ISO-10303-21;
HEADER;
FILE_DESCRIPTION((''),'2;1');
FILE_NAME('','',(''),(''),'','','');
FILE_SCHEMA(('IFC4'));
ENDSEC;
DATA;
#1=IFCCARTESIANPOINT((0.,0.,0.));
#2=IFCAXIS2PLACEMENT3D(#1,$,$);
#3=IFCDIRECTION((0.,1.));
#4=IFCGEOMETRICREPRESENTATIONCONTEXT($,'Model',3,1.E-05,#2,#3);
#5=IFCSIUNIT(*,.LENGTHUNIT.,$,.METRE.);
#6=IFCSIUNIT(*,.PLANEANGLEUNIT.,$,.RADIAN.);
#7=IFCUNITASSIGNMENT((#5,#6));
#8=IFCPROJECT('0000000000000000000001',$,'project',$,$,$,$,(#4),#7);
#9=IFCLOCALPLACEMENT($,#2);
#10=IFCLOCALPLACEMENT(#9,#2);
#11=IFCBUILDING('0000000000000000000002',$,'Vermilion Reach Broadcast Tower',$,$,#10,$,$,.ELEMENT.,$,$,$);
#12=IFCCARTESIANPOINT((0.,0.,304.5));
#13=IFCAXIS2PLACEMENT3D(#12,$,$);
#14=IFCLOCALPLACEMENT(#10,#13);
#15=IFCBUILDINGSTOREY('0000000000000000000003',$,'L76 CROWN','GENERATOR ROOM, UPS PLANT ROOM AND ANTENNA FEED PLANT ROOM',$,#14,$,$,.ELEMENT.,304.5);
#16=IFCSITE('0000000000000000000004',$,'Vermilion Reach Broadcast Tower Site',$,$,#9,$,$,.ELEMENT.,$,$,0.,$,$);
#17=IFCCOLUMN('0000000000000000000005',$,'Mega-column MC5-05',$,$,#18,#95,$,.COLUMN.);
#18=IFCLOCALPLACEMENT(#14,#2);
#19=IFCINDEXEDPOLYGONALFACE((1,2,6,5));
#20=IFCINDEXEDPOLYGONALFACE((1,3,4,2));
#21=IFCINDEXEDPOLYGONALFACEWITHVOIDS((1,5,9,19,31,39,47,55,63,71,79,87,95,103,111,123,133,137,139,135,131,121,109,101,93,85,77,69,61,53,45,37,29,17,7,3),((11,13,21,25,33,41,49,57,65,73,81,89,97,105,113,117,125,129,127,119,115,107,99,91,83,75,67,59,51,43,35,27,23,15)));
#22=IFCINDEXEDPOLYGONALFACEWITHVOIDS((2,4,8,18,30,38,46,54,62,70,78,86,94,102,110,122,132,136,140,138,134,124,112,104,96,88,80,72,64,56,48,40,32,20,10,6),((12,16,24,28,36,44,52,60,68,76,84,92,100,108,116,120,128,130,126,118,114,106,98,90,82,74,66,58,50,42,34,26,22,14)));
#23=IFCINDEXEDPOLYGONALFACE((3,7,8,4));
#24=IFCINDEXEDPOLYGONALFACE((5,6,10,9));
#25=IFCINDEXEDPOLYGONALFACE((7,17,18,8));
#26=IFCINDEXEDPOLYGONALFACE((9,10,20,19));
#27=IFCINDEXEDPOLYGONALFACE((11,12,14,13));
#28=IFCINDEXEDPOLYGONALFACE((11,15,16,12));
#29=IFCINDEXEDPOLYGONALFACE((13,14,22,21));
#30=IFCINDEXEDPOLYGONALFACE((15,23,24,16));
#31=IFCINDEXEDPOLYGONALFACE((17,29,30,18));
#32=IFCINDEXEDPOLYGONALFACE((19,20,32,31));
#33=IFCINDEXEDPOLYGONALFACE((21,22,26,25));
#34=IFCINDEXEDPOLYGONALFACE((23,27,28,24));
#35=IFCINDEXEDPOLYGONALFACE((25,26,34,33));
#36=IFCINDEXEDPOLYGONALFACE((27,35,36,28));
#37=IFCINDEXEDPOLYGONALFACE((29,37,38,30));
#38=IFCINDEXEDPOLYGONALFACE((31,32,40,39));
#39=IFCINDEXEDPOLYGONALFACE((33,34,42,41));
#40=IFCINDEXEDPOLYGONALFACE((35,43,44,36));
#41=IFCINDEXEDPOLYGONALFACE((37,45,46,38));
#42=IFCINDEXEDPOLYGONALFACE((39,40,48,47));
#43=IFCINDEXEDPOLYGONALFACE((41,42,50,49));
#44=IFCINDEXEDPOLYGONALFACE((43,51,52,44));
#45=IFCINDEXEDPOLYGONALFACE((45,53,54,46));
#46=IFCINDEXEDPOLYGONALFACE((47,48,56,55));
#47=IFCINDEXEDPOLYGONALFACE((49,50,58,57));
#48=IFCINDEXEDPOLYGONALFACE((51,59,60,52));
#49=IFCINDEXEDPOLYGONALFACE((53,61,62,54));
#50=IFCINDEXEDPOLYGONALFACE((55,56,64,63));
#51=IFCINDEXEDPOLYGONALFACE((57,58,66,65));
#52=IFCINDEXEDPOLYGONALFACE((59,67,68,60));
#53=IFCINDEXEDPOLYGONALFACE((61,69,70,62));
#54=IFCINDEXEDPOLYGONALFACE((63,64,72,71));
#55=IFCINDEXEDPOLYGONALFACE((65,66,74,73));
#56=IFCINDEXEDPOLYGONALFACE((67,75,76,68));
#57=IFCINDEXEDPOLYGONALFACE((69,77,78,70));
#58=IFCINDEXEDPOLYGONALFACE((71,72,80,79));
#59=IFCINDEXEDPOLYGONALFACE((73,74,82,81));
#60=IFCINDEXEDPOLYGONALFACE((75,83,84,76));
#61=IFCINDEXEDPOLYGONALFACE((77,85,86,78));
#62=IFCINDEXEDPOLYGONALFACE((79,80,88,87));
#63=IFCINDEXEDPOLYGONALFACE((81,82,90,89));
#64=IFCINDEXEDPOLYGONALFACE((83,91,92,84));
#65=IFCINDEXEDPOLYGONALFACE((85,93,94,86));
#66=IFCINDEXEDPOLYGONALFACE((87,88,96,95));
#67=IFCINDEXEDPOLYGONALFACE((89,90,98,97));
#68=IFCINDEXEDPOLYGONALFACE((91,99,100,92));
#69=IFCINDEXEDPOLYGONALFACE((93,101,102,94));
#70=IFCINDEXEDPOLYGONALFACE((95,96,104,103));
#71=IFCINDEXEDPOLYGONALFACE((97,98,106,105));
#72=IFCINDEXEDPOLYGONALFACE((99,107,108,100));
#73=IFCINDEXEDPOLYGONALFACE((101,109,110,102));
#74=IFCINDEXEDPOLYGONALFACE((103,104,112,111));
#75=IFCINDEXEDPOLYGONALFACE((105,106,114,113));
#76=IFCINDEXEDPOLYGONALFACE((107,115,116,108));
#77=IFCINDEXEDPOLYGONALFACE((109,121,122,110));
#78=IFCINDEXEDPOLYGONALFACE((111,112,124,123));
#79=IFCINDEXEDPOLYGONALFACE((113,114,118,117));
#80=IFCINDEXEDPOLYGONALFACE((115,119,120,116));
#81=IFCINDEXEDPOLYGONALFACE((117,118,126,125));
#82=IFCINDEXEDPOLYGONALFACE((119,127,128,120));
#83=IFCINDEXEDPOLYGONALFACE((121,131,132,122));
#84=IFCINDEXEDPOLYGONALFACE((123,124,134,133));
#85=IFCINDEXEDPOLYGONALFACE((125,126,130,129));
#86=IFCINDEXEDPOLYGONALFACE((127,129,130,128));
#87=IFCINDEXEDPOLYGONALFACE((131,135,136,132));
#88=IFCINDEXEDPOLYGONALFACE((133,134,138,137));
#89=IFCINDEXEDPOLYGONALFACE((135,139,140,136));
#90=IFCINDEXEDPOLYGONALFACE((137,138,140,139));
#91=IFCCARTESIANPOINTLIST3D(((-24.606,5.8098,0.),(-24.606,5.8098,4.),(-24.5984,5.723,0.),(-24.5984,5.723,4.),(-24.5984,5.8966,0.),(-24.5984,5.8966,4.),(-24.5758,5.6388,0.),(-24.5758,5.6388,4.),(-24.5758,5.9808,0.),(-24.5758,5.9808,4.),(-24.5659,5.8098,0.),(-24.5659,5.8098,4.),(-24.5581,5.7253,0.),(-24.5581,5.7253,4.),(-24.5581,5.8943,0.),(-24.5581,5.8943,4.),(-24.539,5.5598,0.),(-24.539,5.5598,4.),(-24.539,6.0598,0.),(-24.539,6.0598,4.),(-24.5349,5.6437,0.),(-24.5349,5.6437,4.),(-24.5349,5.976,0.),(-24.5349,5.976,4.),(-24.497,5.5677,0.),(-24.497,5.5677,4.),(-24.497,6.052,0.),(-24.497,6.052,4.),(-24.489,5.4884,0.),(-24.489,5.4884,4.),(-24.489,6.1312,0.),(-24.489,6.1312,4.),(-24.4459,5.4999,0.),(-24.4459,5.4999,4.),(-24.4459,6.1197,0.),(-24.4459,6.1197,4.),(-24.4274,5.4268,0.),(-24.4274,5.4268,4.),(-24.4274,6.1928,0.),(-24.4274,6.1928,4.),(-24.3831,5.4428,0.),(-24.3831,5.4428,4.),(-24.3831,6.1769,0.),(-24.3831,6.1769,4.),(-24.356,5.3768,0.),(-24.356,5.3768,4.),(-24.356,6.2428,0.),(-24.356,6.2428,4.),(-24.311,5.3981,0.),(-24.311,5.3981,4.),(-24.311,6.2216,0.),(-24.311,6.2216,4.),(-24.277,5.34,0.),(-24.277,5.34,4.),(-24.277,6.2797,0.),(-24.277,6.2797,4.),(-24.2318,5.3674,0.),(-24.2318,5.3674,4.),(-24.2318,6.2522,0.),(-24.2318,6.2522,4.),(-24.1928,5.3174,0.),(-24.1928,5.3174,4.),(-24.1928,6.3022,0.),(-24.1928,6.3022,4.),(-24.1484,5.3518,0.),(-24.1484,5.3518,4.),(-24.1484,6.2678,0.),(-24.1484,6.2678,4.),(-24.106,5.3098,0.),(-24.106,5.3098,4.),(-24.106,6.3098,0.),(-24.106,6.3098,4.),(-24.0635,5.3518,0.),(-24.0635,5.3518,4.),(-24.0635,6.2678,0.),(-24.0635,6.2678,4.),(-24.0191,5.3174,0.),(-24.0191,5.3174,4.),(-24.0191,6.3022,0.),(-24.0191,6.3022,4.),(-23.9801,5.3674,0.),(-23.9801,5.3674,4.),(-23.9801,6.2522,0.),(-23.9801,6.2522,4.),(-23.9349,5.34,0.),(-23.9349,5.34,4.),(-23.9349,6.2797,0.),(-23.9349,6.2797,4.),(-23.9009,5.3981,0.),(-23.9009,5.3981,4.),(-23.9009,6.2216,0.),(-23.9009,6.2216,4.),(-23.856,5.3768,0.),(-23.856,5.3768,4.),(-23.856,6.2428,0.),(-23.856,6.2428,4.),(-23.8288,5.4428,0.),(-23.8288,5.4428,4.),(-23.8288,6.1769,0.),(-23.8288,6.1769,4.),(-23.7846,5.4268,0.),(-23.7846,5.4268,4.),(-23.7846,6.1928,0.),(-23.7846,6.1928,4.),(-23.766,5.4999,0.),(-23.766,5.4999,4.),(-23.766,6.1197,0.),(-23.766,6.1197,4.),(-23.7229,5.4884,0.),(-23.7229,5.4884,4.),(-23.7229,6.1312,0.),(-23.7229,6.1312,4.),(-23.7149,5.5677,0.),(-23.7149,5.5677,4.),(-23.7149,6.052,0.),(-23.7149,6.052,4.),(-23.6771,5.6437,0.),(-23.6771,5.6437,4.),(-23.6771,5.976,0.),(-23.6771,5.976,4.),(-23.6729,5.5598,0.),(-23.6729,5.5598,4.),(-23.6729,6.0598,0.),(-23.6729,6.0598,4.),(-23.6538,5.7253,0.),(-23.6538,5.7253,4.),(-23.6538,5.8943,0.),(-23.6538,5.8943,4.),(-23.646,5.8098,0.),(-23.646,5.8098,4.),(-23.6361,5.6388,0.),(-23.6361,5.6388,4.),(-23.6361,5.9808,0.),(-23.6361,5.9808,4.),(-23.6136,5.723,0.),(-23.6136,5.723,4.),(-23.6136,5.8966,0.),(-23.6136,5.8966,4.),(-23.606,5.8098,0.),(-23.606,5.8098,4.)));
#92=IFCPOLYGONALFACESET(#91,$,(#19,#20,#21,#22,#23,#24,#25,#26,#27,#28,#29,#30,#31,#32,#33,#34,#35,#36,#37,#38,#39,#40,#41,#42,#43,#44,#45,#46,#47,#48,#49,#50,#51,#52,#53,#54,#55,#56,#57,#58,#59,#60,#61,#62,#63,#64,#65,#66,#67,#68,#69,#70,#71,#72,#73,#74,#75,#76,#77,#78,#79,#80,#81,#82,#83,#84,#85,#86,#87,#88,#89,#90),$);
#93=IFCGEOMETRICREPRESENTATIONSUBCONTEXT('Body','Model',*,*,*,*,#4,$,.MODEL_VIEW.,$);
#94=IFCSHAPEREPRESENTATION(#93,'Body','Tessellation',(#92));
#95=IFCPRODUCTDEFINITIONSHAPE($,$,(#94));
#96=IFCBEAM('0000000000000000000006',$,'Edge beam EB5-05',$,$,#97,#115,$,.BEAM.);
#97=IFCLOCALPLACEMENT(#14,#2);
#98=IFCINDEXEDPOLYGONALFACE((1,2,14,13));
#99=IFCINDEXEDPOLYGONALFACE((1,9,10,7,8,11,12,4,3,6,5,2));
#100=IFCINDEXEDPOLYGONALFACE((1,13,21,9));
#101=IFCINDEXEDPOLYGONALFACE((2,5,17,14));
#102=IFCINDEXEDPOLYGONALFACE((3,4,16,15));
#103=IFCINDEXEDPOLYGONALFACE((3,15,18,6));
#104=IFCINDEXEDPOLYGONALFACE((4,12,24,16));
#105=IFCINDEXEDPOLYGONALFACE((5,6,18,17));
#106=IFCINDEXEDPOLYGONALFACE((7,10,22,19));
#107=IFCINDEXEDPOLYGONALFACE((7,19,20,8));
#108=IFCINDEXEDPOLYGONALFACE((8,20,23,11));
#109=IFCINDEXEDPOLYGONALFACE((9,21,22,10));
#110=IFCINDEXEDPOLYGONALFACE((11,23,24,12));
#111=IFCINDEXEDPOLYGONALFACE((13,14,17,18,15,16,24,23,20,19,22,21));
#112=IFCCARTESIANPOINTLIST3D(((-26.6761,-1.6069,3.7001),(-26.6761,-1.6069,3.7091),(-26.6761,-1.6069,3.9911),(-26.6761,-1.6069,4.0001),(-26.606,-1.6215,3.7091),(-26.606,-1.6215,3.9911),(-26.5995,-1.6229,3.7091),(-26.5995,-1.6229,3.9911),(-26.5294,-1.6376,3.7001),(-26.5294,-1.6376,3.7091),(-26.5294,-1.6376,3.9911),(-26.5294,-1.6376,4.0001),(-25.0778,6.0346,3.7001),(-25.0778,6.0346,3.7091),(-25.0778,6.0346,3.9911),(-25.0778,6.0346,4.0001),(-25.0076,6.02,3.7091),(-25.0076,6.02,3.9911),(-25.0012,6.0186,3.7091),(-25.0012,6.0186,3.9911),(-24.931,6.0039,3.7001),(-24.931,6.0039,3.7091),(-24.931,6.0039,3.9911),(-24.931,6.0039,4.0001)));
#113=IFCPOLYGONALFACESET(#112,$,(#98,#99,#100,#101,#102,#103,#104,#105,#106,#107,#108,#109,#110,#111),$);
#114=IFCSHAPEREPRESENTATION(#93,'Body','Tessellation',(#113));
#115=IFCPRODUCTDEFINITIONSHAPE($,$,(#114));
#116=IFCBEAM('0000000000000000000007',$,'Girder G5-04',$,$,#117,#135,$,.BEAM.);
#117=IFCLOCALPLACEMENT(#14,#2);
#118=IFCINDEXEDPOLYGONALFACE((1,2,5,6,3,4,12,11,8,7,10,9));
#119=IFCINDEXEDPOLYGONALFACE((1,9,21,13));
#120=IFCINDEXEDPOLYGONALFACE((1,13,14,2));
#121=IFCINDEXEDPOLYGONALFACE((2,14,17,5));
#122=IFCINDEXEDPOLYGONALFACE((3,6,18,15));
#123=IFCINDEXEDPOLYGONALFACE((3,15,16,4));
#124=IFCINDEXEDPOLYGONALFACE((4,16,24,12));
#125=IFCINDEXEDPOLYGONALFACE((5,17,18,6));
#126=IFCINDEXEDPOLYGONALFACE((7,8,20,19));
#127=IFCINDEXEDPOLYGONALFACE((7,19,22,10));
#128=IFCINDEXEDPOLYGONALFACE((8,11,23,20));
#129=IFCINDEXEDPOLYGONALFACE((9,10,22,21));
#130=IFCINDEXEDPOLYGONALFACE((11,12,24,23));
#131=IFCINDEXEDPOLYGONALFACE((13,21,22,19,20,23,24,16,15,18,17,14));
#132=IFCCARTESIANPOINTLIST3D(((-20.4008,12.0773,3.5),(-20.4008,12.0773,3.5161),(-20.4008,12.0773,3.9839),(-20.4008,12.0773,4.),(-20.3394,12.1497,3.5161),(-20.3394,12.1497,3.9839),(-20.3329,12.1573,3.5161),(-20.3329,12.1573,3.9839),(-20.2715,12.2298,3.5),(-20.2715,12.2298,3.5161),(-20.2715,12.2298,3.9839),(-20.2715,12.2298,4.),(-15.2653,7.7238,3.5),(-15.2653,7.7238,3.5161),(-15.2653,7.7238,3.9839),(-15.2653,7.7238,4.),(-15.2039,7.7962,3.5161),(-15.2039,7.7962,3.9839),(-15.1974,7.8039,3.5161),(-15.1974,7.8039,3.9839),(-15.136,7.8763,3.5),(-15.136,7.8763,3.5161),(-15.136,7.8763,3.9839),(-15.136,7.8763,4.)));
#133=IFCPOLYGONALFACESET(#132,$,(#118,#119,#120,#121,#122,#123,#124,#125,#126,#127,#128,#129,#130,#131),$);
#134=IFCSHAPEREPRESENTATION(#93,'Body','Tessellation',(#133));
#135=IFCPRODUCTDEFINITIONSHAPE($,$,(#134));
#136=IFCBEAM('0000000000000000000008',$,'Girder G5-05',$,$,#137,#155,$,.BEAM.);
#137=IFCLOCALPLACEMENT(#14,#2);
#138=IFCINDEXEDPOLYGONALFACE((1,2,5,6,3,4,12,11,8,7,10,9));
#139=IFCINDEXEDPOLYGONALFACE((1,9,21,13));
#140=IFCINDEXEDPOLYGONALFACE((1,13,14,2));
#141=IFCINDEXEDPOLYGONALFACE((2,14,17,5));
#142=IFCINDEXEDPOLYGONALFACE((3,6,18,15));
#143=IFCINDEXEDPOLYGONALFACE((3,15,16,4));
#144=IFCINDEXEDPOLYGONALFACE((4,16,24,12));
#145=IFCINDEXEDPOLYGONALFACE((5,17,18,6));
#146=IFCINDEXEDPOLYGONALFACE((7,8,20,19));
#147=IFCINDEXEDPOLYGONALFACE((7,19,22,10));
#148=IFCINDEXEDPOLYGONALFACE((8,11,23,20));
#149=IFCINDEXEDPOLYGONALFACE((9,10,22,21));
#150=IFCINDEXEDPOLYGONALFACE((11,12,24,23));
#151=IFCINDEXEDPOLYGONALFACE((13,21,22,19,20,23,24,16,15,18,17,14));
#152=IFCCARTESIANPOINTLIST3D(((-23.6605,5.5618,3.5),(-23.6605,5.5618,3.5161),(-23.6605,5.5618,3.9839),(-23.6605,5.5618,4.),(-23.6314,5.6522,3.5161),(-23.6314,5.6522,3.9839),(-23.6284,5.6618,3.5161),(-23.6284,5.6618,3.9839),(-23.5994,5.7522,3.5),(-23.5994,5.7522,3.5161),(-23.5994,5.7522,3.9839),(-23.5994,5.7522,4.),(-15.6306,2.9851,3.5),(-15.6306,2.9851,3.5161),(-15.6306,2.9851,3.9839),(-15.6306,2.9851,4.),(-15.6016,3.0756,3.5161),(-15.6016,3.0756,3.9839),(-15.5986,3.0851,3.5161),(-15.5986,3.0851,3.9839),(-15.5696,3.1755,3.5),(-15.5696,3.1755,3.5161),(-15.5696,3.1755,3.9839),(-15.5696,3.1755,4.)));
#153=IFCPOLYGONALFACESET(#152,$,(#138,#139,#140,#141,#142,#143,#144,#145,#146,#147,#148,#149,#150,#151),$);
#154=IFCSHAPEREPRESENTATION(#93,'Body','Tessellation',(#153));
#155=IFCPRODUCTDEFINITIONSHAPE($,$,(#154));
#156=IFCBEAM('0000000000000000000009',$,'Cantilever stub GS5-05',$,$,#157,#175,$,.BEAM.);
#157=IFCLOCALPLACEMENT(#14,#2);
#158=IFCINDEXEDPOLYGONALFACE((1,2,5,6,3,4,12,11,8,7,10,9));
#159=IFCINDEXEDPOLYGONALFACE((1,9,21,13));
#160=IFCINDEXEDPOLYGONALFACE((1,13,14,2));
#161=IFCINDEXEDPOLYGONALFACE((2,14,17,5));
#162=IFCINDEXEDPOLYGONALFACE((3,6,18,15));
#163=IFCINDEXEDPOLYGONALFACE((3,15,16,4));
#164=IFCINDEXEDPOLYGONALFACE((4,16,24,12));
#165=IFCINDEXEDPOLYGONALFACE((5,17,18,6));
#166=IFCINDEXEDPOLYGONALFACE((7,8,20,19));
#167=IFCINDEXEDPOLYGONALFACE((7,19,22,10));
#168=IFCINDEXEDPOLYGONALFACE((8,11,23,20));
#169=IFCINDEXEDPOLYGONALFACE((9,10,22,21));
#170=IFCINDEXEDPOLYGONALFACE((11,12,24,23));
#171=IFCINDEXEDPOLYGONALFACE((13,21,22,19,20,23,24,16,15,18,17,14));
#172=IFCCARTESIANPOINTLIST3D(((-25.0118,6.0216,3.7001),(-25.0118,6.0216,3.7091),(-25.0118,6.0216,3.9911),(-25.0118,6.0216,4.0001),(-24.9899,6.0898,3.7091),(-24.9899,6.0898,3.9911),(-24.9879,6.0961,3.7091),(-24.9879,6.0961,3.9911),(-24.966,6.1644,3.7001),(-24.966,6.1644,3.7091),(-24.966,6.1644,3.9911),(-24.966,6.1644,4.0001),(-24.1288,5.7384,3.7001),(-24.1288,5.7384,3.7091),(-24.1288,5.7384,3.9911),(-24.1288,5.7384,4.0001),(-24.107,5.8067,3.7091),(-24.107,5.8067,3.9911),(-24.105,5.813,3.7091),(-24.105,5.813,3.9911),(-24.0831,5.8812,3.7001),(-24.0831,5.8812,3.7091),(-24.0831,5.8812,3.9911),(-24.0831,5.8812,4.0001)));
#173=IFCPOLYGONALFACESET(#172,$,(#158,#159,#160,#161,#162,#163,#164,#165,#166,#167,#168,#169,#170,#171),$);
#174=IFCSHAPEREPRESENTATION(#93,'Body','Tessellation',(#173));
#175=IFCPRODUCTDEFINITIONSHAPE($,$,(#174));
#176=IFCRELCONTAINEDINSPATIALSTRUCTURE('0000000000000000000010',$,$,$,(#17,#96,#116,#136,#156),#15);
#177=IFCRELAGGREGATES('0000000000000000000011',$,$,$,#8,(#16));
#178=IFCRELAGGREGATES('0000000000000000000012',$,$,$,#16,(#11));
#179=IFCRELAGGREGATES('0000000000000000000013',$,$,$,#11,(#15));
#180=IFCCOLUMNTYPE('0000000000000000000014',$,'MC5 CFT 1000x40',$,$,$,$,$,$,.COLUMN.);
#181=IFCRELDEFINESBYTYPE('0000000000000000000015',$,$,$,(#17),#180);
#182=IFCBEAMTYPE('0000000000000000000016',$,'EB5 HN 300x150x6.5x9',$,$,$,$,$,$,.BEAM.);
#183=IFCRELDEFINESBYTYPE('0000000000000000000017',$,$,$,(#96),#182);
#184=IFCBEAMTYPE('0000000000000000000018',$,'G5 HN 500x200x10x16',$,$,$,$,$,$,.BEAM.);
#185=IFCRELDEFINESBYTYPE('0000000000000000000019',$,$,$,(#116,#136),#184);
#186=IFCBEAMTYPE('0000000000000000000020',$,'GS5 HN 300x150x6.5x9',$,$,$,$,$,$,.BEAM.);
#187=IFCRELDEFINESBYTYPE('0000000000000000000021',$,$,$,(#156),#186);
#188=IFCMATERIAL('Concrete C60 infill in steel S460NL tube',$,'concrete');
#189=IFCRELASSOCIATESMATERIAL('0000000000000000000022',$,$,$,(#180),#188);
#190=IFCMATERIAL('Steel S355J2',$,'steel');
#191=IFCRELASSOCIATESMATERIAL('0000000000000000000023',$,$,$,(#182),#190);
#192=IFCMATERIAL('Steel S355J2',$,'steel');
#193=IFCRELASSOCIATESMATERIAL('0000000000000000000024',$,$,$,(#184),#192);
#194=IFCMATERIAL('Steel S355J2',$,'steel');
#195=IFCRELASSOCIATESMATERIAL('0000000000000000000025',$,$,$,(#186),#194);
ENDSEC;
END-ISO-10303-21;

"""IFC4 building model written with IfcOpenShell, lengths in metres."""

from ifc_helpers import new_model, si_unit, direction, frame, origin, origin_2d, place, context, subcontext, project, spatial, hollow_circle, i_section, extrude, material, material_profile, profile_set, type_object, element, save


model = new_model("IFC4")

# Units and contexts
model_context = context("Model", 3, precision=1e-05, world=origin(), true_north=direction((0.0, 1.0)))
body_context = subcontext(model_context, "Body", "Model", "MODEL_VIEW")
ifc_project = project(units=[si_unit("LENGTHUNIT", "METRE"), si_unit("PLANEANGLEUNIT", "RADIAN")], contexts=[model_context])

# Site, building, storey
site_placement = place(None, origin())
site = spatial("IfcSite", under=ifc_project, at=site_placement, Name="Vermilion Reach Broadcast Tower Site", CompositionType="ELEMENT", RefElevation=0.0)
building_placement = place(site_placement, origin())
building = spatial("IfcBuilding", under=site, at=building_placement, Name="Vermilion Reach Broadcast Tower", CompositionType="ELEMENT")
storey_placement = place(building_placement, frame((0.0, 0.0, 304.5)))
storey = spatial("IfcBuildingStorey", under=building, at=storey_placement, Name="L76 CROWN", Description="GENERATOR ROOM, UPS PLANT ROOM AND ANTENNA FEED PLANT ROOM", CompositionType="ELEMENT", Elevation=304.5)

# Column
ifc_material_1 = material(Name="Concrete C60 infill in steel S460NL tube", Category="concrete")
ifc_material_profile_1 = material_profile(ifc_material_1, hollow_circle(Radius=0.5, WallThickness=0.04, at=origin_2d()), Name="Concrete C60 infill in steel S460NL tube CFT 1000x40")
ifc_profile_set_1 = profile_set([ifc_material_profile_1], Name="Concrete C60 infill in steel S460NL tube")
column_type = type_object("IfcColumnType", Name="MC5 CFT 1000x40", PredefinedType="COLUMN", material=ifc_profile_set_1)
column_placement = place(storey_placement, frame((-24.106, 5.8098, 0.0), z_axis=(0.0, 0.0, 1.0), x_axis=(1.0, 0.0, 0.0)))
element("IfcColumn", 1, at=column_placement, inside=storey, type_object=column_type, Name="Mega-column MC5-05", PredefinedType="COLUMN", context=body_context, shape_type="SweptSolid", body=[
    extrude(hollow_circle(Radius=0.5, WallThickness=0.04, at=origin_2d()), origin(), (0.0, 0.0, 1.0), 4.0),
])

# Beams
ifc_material_2 = material(Name="Steel S355J2", Category="steel")
ifc_material_profile_2 = material_profile(ifc_material_2, i_section(OverallWidth=0.1499, OverallDepth=0.3, WebThickness=0.0066, FlangeThickness=0.009, at=origin_2d()), Name="S355J2 HN 300x150x6.5x9")
ifc_profile_set_2 = profile_set([ifc_material_profile_2], Name="Steel S355J2")
beam_type_1 = type_object("IfcBeamType", Name="EB5 HN 300x150x6.5x9", PredefinedType="BEAM", material=ifc_profile_set_2)
beam_1_placement = place(storey_placement, frame((-25.0044, 6.0193, 3.8501), z_axis=(-0.204738, -0.978817, 0.0), x_axis=(0.978817, -0.204738, 0.0)))
element("IfcBeam", 2, at=beam_1_placement, inside=storey, type_object=beam_type_1, Name="Edge beam EB5-05", PredefinedType="BEAM", context=body_context, shape_type="SweptSolid", body=[
    extrude(i_section(OverallWidth=0.1499, OverallDepth=0.3, WebThickness=0.0066, FlangeThickness=0.009, at=origin_2d()), origin(), (0.0, 0.0, 1.0), 7.8069),
])
ifc_material_3 = material(Name="Steel S355J2", Category="steel")
ifc_material_profile_3 = material_profile(ifc_material_3, i_section(OverallWidth=0.2, OverallDepth=0.5, WebThickness=0.01, FlangeThickness=0.0161, at=origin_2d()), Name="S355J2 HN 500x200x10x16")
ifc_profile_set_3 = profile_set([ifc_material_profile_3], Name="Steel S355J2")
beam_type_2 = type_object("IfcBeamType", Name="G5 HN 500x200x10x16", PredefinedType="BEAM", material=ifc_profile_set_3)
beam_2_placement = place(storey_placement, frame((-15.2007, 7.8, 3.75), z_axis=(-0.762793, 0.646643, 0.0), x_axis=(-0.646643, -0.762793, 0.0)))
element("IfcBeam", 3, at=beam_2_placement, inside=storey, type_object=beam_type_2, Name="Girder G5-04", PredefinedType="BEAM", context=body_context, shape_type="SweptSolid", body=[
    extrude(i_section(OverallWidth=0.2, OverallDepth=0.5, WebThickness=0.01, FlangeThickness=0.0161, at=origin_2d()), origin(), (0.0, 0.0, 1.0), 6.7324),
])
beam_3_placement = place(storey_placement, frame((-15.6001, 3.0803, 3.75), z_axis=(-0.952178, 0.305542, 0.0), x_axis=(-0.305542, -0.952178, 0.0)))
element("IfcBeam", 4, at=beam_3_placement, inside=storey, type_object=beam_type_2, Name="Girder G5-05", PredefinedType="BEAM", context=body_context, shape_type="SweptSolid", body=[
    extrude(i_section(OverallWidth=0.2, OverallDepth=0.5, WebThickness=0.01, FlangeThickness=0.0161, at=origin_2d()), origin(), (0.0, 0.0, 1.0), 8.4331),
])
ifc_material_4 = material(Name="Steel S355J2", Category="steel")
ifc_material_profile_4 = material_profile(ifc_material_4, i_section(OverallWidth=0.1499, OverallDepth=0.3, WebThickness=0.0066, FlangeThickness=0.009, at=origin_2d()), Name="S355J2 HN 300x150x6.5x9")
ifc_profile_set_4 = profile_set([ifc_material_profile_4], Name="Steel S355J2")
beam_type_3 = type_object("IfcBeamType", Name="GS5 HN 300x150x6.5x9", PredefinedType="BEAM", material=ifc_profile_set_4)
beam_4_placement = place(storey_placement, frame((-24.106, 5.8098, 3.8501), z_axis=(-0.952228, 0.305387, 0.0), x_axis=(-0.305387, -0.952228, 0.0)))
element("IfcBeam", 5, at=beam_4_placement, inside=storey, type_object=beam_type_3, Name="Cantilever stub GS5-05", PredefinedType="BEAM", context=body_context, shape_type="SweptSolid", body=[
    extrude(i_section(OverallWidth=0.1499, OverallDepth=0.3, WebThickness=0.0066, FlangeThickness=0.009, at=origin_2d()), origin(), (0.0, 0.0, 1.0), 0.9272),
])

save(model, "model.ifc")
